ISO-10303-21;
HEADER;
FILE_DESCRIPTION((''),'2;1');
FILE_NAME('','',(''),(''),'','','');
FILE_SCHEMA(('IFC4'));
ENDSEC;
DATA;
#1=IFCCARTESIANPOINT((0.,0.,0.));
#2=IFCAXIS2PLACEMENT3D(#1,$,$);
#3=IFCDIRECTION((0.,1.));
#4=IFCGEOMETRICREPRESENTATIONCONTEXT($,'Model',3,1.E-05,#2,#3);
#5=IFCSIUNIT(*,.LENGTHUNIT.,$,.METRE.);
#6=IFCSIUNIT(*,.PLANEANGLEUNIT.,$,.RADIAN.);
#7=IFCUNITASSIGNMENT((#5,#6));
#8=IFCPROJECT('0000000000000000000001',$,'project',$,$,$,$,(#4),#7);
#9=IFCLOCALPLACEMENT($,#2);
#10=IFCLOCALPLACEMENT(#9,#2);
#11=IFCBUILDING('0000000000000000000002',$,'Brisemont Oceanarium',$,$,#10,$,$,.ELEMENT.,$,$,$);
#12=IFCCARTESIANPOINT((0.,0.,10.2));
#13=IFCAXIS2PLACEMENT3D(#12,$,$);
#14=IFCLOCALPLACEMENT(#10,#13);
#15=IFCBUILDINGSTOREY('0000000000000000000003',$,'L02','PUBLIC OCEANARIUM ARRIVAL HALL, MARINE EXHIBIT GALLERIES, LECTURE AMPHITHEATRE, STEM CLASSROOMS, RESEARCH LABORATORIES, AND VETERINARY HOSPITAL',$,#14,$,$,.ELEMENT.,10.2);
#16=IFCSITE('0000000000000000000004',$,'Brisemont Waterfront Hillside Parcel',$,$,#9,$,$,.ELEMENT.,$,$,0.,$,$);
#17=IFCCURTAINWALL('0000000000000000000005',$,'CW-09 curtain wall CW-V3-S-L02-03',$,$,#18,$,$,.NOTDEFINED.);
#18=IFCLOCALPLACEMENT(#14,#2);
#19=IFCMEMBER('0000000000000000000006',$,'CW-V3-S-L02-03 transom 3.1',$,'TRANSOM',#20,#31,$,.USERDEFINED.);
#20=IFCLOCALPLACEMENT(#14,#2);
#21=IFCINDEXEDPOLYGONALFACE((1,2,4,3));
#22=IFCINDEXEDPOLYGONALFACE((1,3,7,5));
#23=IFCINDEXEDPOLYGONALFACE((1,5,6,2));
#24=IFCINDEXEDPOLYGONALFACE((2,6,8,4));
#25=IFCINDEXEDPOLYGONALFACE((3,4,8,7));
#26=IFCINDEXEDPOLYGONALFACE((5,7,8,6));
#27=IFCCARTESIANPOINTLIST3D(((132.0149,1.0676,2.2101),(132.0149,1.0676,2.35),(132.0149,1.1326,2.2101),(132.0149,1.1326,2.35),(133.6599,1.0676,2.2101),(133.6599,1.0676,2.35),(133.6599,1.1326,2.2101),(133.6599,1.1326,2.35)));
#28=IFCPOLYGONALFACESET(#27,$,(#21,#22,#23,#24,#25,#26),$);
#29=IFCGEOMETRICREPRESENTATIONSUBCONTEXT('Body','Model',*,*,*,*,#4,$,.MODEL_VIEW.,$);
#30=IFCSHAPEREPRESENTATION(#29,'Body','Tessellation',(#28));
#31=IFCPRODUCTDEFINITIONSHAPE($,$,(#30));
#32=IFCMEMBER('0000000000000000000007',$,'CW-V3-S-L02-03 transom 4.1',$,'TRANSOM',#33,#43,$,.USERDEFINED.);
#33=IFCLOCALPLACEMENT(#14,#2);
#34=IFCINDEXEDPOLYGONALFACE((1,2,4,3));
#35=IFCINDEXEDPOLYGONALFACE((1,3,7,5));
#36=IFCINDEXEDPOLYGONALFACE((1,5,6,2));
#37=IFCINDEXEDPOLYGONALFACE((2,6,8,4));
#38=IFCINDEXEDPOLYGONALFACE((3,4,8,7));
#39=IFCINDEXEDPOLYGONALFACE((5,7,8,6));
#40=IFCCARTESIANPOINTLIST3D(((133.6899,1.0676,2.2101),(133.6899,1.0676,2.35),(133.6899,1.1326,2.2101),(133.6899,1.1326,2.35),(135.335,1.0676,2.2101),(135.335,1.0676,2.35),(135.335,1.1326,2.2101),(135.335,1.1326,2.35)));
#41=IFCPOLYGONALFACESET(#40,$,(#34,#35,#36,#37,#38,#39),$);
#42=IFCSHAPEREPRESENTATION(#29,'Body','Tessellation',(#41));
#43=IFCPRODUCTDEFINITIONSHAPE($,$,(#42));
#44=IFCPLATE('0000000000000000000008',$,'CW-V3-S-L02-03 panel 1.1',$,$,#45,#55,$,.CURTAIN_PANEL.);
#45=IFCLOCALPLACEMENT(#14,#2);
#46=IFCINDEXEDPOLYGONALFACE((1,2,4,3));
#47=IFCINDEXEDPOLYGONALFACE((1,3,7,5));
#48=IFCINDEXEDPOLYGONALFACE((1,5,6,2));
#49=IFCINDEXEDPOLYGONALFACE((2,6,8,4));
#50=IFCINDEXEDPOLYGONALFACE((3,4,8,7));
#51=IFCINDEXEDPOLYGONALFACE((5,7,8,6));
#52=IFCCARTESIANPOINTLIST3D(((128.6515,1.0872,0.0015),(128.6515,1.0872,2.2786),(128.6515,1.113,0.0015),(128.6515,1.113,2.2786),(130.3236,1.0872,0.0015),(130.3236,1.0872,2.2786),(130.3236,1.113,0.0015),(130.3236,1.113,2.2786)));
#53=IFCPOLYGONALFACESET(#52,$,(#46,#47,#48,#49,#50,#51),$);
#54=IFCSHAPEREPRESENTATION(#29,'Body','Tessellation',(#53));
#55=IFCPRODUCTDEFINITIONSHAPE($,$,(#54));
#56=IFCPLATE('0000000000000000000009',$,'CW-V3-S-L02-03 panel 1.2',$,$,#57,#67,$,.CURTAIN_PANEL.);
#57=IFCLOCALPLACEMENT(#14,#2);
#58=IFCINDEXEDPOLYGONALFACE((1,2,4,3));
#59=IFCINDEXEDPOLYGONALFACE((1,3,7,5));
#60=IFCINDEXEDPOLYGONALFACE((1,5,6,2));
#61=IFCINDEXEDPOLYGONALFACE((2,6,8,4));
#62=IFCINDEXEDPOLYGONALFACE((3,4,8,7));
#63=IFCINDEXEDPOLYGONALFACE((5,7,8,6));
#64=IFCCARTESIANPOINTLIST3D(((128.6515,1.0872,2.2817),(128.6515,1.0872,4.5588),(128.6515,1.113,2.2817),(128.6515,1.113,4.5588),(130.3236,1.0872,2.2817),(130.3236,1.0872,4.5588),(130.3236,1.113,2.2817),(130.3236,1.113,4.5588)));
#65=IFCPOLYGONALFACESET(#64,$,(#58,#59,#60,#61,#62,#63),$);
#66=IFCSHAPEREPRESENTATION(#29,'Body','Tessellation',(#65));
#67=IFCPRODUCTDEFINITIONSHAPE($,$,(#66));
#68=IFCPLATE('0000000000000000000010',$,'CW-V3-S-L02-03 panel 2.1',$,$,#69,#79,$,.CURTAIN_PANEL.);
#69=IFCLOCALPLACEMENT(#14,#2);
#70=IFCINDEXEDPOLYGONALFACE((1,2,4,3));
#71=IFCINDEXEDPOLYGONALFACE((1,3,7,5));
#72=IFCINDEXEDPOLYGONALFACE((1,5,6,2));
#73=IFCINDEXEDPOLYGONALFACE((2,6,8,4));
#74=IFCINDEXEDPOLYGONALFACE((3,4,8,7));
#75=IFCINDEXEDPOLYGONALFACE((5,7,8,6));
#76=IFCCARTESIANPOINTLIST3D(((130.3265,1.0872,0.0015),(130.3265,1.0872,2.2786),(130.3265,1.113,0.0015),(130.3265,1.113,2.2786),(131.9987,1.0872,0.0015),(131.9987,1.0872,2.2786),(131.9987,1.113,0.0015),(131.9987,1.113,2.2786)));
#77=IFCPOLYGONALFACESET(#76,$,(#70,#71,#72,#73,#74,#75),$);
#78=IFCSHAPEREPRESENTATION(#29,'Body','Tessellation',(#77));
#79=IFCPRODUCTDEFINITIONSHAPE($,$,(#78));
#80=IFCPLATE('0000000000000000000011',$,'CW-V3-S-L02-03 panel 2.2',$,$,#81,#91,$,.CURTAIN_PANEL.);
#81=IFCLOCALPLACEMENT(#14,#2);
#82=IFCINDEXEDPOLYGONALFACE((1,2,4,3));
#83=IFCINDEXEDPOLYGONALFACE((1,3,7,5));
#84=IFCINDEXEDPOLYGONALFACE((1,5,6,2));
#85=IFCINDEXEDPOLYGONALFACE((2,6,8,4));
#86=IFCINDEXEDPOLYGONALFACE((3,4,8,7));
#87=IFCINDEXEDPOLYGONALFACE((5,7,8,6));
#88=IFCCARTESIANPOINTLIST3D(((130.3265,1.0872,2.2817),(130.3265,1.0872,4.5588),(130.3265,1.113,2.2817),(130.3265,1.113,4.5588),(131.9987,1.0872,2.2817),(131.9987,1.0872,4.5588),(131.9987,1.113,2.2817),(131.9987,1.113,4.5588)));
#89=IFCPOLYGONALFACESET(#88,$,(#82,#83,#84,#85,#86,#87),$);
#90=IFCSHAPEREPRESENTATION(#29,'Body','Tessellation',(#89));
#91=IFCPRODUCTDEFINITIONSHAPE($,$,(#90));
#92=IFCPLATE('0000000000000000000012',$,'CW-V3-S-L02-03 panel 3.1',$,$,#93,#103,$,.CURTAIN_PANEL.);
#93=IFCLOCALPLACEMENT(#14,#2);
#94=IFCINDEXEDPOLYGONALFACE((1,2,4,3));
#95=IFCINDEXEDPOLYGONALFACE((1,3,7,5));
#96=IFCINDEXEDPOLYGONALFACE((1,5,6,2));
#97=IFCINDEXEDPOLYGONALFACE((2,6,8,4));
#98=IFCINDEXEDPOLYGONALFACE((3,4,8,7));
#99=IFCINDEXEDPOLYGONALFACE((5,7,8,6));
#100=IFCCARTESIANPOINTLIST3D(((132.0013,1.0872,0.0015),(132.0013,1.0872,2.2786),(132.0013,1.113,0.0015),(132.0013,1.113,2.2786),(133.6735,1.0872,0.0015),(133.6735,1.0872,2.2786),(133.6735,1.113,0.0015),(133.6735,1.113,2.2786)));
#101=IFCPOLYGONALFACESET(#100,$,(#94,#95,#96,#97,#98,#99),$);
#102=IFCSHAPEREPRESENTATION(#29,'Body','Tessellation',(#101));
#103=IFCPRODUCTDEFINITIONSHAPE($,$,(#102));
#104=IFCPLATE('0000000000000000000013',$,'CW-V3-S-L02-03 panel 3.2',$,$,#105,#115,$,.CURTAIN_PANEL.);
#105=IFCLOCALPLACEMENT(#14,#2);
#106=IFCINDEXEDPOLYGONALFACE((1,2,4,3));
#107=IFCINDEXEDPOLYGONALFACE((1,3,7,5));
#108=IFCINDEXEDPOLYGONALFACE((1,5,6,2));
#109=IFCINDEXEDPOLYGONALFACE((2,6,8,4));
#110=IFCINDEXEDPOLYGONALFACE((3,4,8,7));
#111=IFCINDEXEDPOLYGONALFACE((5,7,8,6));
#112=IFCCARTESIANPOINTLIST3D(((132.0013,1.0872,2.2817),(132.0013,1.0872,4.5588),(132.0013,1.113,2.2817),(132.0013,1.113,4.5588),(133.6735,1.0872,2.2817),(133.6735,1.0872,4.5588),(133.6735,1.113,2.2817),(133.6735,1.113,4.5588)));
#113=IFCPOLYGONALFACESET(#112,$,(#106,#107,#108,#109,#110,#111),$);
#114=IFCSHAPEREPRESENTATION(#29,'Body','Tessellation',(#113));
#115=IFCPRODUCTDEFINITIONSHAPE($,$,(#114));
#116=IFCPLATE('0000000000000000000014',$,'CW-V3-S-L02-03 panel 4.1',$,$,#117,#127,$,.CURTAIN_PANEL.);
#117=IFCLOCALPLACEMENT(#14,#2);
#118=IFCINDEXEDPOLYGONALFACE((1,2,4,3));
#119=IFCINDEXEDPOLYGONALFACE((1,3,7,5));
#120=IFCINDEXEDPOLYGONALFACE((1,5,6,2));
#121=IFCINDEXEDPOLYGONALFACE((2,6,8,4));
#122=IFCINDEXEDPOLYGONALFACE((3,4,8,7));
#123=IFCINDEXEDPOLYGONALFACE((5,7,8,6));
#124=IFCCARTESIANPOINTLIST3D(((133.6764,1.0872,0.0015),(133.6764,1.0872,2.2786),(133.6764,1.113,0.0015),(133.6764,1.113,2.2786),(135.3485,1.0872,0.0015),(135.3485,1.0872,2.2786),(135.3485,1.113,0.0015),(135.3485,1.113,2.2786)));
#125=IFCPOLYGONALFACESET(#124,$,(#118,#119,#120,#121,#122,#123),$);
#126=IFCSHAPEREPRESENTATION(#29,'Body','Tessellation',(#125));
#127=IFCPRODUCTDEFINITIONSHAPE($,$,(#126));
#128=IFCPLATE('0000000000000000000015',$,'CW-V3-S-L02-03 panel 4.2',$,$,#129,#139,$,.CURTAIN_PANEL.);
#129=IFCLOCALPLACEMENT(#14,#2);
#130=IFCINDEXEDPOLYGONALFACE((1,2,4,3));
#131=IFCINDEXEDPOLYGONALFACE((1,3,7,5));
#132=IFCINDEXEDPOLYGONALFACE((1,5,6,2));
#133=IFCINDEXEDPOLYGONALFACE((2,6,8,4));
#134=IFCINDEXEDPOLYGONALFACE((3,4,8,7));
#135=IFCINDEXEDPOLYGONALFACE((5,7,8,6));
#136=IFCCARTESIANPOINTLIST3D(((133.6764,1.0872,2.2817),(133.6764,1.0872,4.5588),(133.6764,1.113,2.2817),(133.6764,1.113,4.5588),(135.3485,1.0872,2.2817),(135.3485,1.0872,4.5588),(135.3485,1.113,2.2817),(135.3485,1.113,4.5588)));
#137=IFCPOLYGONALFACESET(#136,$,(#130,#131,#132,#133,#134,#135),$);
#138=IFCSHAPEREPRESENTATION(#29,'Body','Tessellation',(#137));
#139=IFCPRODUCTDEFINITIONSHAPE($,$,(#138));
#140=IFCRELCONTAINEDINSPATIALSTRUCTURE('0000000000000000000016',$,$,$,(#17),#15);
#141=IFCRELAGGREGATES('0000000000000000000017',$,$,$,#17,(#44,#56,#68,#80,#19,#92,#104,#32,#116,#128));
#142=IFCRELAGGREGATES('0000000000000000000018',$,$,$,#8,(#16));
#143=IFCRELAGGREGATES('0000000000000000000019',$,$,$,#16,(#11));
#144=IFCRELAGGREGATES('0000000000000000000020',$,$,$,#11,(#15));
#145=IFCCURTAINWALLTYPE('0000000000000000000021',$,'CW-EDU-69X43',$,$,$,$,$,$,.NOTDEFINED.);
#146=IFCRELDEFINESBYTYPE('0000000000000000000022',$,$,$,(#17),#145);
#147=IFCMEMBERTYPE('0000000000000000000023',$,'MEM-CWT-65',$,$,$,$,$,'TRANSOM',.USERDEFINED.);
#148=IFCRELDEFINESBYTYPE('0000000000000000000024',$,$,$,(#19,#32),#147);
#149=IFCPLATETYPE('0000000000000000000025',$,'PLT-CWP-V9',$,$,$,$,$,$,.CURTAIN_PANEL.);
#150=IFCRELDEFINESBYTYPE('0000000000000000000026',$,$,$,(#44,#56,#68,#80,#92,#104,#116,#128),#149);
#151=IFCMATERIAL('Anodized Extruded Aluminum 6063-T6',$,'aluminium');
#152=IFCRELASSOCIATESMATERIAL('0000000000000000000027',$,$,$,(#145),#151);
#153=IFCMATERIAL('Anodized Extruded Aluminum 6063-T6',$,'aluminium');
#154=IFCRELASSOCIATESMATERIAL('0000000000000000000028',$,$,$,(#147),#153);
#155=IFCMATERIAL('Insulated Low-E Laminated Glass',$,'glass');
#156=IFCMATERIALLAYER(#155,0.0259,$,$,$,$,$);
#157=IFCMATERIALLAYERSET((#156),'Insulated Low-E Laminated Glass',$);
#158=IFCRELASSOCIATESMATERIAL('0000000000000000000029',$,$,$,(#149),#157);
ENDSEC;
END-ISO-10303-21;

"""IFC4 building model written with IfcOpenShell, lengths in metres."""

from ifc_helpers import new_model, si_unit, direction, frame, origin, origin_2d, place, context, subcontext, project, spatial, rectangle, extrude, material, layer, layer_set, material_profile, profile_set, type_object, element, aggregate, save


model = new_model("IFC4")

# Units and contexts
model_context = context("Model", 3, precision=1e-05, world=origin(), true_north=direction((0.0, 1.0)))
body_context = subcontext(model_context, "Body", "Model", "MODEL_VIEW")
ifc_project = project(units=[si_unit("LENGTHUNIT", "METRE"), si_unit("PLANEANGLEUNIT", "RADIAN")], contexts=[model_context])

# Site, building, storey
site_placement = place(None, origin())
site = spatial("IfcSite", under=ifc_project, at=site_placement, Name="Brisemont Waterfront Hillside Parcel", CompositionType="ELEMENT", RefElevation=0.0)
building_placement = place(site_placement, origin())
building = spatial("IfcBuilding", under=site, at=building_placement, Name="Brisemont Oceanarium", CompositionType="ELEMENT")
storey_placement = place(building_placement, frame((0.0, 0.0, 10.2)))
storey = spatial("IfcBuildingStorey", under=building, at=storey_placement, Name="L02", Description="PUBLIC OCEANARIUM ARRIVAL HALL, MARINE EXHIBIT GALLERIES, LECTURE AMPHITHEATRE, STEM CLASSROOMS, RESEARCH LABORATORIES, AND VETERINARY HOSPITAL", CompositionType="ELEMENT", Elevation=10.2)

# Curtain wall, members, plates
ifc_material_1 = material(Name="Anodized Extruded Aluminum 6063-T6", Category="aluminium")
curtain_wall_type = type_object("IfcCurtainWallType", Name="CW-EDU-69X43", PredefinedType="NOTDEFINED", material=ifc_material_1)
curtain_wall_placement = place(storey_placement, origin())
curtain_wall = element("IfcCurtainWall", 1, at=curtain_wall_placement, inside=storey, type_object=curtain_wall_type, Name="CW-09 curtain wall CW-V3-S-L02-03", PredefinedType="NOTDEFINED")
ifc_material_2 = material(Name="Anodized Extruded Aluminum 6063-T6", Category="aluminium")
ifc_material_profile_1 = material_profile(ifc_material_2, rectangle(XDim=0.0649, YDim=0.1399, at=origin_2d()), Name="CWT-65X140")
ifc_profile_set_1 = profile_set([ifc_material_profile_1], Name="Anodized Extruded Aluminum 6063-T6")
member_type_1 = type_object("IfcMemberType", Name="MEM-CWT-65", ElementType="TRANSOM", PredefinedType="USERDEFINED", material=ifc_profile_set_1)
member_1_placement = place(storey_placement, frame((132.0149, 1.1001, 2.28), z_axis=(1.0, 0.0, 0.0), x_axis=(0.0, 1.0, 0.0)))
member_1 = element("IfcMember", 2, at=member_1_placement, type_object=member_type_1, Name="CW-V3-S-L02-03 transom 3.1", ObjectType="TRANSOM", PredefinedType="USERDEFINED", context=body_context, shape_type="SweptSolid", body=[
    extrude(rectangle(XDim=0.0649, YDim=0.1399, at=origin_2d()), origin(), (0.0, 0.0, 1.0), 1.645),
])
member_2_placement = place(storey_placement, frame((133.6899, 1.1001, 2.28), z_axis=(1.0, 0.0, 0.0), x_axis=(0.0, 1.0, 0.0)))
member_2 = element("IfcMember", 3, at=member_2_placement, type_object=member_type_1, Name="CW-V3-S-L02-03 transom 4.1", ObjectType="TRANSOM", PredefinedType="USERDEFINED", context=body_context, shape_type="SweptSolid", body=[
    extrude(rectangle(XDim=0.0649, YDim=0.1399, at=origin_2d()), origin(), (0.0, 0.0, 1.0), 1.645),
])
ifc_material_3 = material(Name="Insulated Low-E Laminated Glass", Category="glass")
ifc_layer = layer(ifc_material_3, 0.0259)
ifc_layer_set = layer_set([ifc_layer], Name="Insulated Low-E Laminated Glass")
plate_type = type_object("IfcPlateType", Name="PLT-CWP-V9", PredefinedType="CURTAIN_PANEL", material=ifc_layer_set)
plate_1_placement = place(storey_placement, frame((129.4875, 1.1001, 0.0015), z_axis=(0.0, 0.0, 1.0), x_axis=(1.0, 0.0, 0.0)))
plate_1 = element("IfcPlate", 4, at=plate_1_placement, type_object=plate_type, Name="CW-V3-S-L02-03 panel 1.1", PredefinedType="CURTAIN_PANEL", context=body_context, shape_type="SweptSolid", body=[
    extrude(rectangle(XDim=1.6721, YDim=0.0259, at=origin_2d()), origin(), (0.0, 0.0, 1.0), 2.2771),
])
plate_2_placement = place(storey_placement, frame((129.4875, 1.1001, 2.2817), z_axis=(0.0, 0.0, 1.0), x_axis=(1.0, 0.0, 0.0)))
plate_2 = element("IfcPlate", 5, at=plate_2_placement, type_object=plate_type, Name="CW-V3-S-L02-03 panel 1.2", PredefinedType="CURTAIN_PANEL", context=body_context, shape_type="SweptSolid", body=[
    extrude(rectangle(XDim=1.6721, YDim=0.0259, at=origin_2d()), origin(), (0.0, 0.0, 1.0), 2.2771),
])
plate_3_placement = place(storey_placement, frame((131.1626, 1.1001, 0.0015), z_axis=(0.0, 0.0, 1.0), x_axis=(1.0, 0.0, 0.0)))
plate_3 = element("IfcPlate", 6, at=plate_3_placement, type_object=plate_type, Name="CW-V3-S-L02-03 panel 2.1", PredefinedType="CURTAIN_PANEL", context=body_context, shape_type="SweptSolid", body=[
    extrude(rectangle(XDim=1.6721, YDim=0.0259, at=origin_2d()), origin(), (0.0, 0.0, 1.0), 2.2771),
])
plate_4_placement = place(storey_placement, frame((131.1626, 1.1001, 2.2817), z_axis=(0.0, 0.0, 1.0), x_axis=(1.0, 0.0, 0.0)))
plate_4 = element("IfcPlate", 7, at=plate_4_placement, type_object=plate_type, Name="CW-V3-S-L02-03 panel 2.2", PredefinedType="CURTAIN_PANEL", context=body_context, shape_type="SweptSolid", body=[
    extrude(rectangle(XDim=1.6721, YDim=0.0259, at=origin_2d()), origin(), (0.0, 0.0, 1.0), 2.2771),
])
plate_5_placement = place(storey_placement, frame((132.8374, 1.1001, 0.0015), z_axis=(0.0, 0.0, 1.0), x_axis=(1.0, 0.0, 0.0)))
plate_5 = element("IfcPlate", 8, at=plate_5_placement, type_object=plate_type, Name="CW-V3-S-L02-03 panel 3.1", PredefinedType="CURTAIN_PANEL", context=body_context, shape_type="SweptSolid", body=[
    extrude(rectangle(XDim=1.6721, YDim=0.0259, at=origin_2d()), origin(), (0.0, 0.0, 1.0), 2.2771),
])
plate_6_placement = place(storey_placement, frame((132.8374, 1.1001, 2.2817), z_axis=(0.0, 0.0, 1.0), x_axis=(1.0, 0.0, 0.0)))
plate_6 = element("IfcPlate", 9, at=plate_6_placement, type_object=plate_type, Name="CW-V3-S-L02-03 panel 3.2", PredefinedType="CURTAIN_PANEL", context=body_context, shape_type="SweptSolid", body=[
    extrude(rectangle(XDim=1.6721, YDim=0.0259, at=origin_2d()), origin(), (0.0, 0.0, 1.0), 2.2771),
])
plate_7_placement = place(storey_placement, frame((134.5125, 1.1001, 0.0015), z_axis=(0.0, 0.0, 1.0), x_axis=(1.0, 0.0, 0.0)))
plate_7 = element("IfcPlate", 10, at=plate_7_placement, type_object=plate_type, Name="CW-V3-S-L02-03 panel 4.1", PredefinedType="CURTAIN_PANEL", context=body_context, shape_type="SweptSolid", body=[
    extrude(rectangle(XDim=1.6721, YDim=0.0259, at=origin_2d()), origin(), (0.0, 0.0, 1.0), 2.2771),
])
plate_8_placement = place(storey_placement, frame((134.5125, 1.1001, 2.2817), z_axis=(0.0, 0.0, 1.0), x_axis=(1.0, 0.0, 0.0)))
plate_8 = element("IfcPlate", 11, at=plate_8_placement, type_object=plate_type, Name="CW-V3-S-L02-03 panel 4.2", PredefinedType="CURTAIN_PANEL", context=body_context, shape_type="SweptSolid", body=[
    extrude(rectangle(XDim=1.6721, YDim=0.0259, at=origin_2d()), origin(), (0.0, 0.0, 1.0), 2.2771),
])
aggregate(curtain_wall, [plate_1, plate_2, plate_3, plate_4, member_1, plate_5, plate_6, member_2, plate_7, plate_8])

save(model, "model.ifc")
